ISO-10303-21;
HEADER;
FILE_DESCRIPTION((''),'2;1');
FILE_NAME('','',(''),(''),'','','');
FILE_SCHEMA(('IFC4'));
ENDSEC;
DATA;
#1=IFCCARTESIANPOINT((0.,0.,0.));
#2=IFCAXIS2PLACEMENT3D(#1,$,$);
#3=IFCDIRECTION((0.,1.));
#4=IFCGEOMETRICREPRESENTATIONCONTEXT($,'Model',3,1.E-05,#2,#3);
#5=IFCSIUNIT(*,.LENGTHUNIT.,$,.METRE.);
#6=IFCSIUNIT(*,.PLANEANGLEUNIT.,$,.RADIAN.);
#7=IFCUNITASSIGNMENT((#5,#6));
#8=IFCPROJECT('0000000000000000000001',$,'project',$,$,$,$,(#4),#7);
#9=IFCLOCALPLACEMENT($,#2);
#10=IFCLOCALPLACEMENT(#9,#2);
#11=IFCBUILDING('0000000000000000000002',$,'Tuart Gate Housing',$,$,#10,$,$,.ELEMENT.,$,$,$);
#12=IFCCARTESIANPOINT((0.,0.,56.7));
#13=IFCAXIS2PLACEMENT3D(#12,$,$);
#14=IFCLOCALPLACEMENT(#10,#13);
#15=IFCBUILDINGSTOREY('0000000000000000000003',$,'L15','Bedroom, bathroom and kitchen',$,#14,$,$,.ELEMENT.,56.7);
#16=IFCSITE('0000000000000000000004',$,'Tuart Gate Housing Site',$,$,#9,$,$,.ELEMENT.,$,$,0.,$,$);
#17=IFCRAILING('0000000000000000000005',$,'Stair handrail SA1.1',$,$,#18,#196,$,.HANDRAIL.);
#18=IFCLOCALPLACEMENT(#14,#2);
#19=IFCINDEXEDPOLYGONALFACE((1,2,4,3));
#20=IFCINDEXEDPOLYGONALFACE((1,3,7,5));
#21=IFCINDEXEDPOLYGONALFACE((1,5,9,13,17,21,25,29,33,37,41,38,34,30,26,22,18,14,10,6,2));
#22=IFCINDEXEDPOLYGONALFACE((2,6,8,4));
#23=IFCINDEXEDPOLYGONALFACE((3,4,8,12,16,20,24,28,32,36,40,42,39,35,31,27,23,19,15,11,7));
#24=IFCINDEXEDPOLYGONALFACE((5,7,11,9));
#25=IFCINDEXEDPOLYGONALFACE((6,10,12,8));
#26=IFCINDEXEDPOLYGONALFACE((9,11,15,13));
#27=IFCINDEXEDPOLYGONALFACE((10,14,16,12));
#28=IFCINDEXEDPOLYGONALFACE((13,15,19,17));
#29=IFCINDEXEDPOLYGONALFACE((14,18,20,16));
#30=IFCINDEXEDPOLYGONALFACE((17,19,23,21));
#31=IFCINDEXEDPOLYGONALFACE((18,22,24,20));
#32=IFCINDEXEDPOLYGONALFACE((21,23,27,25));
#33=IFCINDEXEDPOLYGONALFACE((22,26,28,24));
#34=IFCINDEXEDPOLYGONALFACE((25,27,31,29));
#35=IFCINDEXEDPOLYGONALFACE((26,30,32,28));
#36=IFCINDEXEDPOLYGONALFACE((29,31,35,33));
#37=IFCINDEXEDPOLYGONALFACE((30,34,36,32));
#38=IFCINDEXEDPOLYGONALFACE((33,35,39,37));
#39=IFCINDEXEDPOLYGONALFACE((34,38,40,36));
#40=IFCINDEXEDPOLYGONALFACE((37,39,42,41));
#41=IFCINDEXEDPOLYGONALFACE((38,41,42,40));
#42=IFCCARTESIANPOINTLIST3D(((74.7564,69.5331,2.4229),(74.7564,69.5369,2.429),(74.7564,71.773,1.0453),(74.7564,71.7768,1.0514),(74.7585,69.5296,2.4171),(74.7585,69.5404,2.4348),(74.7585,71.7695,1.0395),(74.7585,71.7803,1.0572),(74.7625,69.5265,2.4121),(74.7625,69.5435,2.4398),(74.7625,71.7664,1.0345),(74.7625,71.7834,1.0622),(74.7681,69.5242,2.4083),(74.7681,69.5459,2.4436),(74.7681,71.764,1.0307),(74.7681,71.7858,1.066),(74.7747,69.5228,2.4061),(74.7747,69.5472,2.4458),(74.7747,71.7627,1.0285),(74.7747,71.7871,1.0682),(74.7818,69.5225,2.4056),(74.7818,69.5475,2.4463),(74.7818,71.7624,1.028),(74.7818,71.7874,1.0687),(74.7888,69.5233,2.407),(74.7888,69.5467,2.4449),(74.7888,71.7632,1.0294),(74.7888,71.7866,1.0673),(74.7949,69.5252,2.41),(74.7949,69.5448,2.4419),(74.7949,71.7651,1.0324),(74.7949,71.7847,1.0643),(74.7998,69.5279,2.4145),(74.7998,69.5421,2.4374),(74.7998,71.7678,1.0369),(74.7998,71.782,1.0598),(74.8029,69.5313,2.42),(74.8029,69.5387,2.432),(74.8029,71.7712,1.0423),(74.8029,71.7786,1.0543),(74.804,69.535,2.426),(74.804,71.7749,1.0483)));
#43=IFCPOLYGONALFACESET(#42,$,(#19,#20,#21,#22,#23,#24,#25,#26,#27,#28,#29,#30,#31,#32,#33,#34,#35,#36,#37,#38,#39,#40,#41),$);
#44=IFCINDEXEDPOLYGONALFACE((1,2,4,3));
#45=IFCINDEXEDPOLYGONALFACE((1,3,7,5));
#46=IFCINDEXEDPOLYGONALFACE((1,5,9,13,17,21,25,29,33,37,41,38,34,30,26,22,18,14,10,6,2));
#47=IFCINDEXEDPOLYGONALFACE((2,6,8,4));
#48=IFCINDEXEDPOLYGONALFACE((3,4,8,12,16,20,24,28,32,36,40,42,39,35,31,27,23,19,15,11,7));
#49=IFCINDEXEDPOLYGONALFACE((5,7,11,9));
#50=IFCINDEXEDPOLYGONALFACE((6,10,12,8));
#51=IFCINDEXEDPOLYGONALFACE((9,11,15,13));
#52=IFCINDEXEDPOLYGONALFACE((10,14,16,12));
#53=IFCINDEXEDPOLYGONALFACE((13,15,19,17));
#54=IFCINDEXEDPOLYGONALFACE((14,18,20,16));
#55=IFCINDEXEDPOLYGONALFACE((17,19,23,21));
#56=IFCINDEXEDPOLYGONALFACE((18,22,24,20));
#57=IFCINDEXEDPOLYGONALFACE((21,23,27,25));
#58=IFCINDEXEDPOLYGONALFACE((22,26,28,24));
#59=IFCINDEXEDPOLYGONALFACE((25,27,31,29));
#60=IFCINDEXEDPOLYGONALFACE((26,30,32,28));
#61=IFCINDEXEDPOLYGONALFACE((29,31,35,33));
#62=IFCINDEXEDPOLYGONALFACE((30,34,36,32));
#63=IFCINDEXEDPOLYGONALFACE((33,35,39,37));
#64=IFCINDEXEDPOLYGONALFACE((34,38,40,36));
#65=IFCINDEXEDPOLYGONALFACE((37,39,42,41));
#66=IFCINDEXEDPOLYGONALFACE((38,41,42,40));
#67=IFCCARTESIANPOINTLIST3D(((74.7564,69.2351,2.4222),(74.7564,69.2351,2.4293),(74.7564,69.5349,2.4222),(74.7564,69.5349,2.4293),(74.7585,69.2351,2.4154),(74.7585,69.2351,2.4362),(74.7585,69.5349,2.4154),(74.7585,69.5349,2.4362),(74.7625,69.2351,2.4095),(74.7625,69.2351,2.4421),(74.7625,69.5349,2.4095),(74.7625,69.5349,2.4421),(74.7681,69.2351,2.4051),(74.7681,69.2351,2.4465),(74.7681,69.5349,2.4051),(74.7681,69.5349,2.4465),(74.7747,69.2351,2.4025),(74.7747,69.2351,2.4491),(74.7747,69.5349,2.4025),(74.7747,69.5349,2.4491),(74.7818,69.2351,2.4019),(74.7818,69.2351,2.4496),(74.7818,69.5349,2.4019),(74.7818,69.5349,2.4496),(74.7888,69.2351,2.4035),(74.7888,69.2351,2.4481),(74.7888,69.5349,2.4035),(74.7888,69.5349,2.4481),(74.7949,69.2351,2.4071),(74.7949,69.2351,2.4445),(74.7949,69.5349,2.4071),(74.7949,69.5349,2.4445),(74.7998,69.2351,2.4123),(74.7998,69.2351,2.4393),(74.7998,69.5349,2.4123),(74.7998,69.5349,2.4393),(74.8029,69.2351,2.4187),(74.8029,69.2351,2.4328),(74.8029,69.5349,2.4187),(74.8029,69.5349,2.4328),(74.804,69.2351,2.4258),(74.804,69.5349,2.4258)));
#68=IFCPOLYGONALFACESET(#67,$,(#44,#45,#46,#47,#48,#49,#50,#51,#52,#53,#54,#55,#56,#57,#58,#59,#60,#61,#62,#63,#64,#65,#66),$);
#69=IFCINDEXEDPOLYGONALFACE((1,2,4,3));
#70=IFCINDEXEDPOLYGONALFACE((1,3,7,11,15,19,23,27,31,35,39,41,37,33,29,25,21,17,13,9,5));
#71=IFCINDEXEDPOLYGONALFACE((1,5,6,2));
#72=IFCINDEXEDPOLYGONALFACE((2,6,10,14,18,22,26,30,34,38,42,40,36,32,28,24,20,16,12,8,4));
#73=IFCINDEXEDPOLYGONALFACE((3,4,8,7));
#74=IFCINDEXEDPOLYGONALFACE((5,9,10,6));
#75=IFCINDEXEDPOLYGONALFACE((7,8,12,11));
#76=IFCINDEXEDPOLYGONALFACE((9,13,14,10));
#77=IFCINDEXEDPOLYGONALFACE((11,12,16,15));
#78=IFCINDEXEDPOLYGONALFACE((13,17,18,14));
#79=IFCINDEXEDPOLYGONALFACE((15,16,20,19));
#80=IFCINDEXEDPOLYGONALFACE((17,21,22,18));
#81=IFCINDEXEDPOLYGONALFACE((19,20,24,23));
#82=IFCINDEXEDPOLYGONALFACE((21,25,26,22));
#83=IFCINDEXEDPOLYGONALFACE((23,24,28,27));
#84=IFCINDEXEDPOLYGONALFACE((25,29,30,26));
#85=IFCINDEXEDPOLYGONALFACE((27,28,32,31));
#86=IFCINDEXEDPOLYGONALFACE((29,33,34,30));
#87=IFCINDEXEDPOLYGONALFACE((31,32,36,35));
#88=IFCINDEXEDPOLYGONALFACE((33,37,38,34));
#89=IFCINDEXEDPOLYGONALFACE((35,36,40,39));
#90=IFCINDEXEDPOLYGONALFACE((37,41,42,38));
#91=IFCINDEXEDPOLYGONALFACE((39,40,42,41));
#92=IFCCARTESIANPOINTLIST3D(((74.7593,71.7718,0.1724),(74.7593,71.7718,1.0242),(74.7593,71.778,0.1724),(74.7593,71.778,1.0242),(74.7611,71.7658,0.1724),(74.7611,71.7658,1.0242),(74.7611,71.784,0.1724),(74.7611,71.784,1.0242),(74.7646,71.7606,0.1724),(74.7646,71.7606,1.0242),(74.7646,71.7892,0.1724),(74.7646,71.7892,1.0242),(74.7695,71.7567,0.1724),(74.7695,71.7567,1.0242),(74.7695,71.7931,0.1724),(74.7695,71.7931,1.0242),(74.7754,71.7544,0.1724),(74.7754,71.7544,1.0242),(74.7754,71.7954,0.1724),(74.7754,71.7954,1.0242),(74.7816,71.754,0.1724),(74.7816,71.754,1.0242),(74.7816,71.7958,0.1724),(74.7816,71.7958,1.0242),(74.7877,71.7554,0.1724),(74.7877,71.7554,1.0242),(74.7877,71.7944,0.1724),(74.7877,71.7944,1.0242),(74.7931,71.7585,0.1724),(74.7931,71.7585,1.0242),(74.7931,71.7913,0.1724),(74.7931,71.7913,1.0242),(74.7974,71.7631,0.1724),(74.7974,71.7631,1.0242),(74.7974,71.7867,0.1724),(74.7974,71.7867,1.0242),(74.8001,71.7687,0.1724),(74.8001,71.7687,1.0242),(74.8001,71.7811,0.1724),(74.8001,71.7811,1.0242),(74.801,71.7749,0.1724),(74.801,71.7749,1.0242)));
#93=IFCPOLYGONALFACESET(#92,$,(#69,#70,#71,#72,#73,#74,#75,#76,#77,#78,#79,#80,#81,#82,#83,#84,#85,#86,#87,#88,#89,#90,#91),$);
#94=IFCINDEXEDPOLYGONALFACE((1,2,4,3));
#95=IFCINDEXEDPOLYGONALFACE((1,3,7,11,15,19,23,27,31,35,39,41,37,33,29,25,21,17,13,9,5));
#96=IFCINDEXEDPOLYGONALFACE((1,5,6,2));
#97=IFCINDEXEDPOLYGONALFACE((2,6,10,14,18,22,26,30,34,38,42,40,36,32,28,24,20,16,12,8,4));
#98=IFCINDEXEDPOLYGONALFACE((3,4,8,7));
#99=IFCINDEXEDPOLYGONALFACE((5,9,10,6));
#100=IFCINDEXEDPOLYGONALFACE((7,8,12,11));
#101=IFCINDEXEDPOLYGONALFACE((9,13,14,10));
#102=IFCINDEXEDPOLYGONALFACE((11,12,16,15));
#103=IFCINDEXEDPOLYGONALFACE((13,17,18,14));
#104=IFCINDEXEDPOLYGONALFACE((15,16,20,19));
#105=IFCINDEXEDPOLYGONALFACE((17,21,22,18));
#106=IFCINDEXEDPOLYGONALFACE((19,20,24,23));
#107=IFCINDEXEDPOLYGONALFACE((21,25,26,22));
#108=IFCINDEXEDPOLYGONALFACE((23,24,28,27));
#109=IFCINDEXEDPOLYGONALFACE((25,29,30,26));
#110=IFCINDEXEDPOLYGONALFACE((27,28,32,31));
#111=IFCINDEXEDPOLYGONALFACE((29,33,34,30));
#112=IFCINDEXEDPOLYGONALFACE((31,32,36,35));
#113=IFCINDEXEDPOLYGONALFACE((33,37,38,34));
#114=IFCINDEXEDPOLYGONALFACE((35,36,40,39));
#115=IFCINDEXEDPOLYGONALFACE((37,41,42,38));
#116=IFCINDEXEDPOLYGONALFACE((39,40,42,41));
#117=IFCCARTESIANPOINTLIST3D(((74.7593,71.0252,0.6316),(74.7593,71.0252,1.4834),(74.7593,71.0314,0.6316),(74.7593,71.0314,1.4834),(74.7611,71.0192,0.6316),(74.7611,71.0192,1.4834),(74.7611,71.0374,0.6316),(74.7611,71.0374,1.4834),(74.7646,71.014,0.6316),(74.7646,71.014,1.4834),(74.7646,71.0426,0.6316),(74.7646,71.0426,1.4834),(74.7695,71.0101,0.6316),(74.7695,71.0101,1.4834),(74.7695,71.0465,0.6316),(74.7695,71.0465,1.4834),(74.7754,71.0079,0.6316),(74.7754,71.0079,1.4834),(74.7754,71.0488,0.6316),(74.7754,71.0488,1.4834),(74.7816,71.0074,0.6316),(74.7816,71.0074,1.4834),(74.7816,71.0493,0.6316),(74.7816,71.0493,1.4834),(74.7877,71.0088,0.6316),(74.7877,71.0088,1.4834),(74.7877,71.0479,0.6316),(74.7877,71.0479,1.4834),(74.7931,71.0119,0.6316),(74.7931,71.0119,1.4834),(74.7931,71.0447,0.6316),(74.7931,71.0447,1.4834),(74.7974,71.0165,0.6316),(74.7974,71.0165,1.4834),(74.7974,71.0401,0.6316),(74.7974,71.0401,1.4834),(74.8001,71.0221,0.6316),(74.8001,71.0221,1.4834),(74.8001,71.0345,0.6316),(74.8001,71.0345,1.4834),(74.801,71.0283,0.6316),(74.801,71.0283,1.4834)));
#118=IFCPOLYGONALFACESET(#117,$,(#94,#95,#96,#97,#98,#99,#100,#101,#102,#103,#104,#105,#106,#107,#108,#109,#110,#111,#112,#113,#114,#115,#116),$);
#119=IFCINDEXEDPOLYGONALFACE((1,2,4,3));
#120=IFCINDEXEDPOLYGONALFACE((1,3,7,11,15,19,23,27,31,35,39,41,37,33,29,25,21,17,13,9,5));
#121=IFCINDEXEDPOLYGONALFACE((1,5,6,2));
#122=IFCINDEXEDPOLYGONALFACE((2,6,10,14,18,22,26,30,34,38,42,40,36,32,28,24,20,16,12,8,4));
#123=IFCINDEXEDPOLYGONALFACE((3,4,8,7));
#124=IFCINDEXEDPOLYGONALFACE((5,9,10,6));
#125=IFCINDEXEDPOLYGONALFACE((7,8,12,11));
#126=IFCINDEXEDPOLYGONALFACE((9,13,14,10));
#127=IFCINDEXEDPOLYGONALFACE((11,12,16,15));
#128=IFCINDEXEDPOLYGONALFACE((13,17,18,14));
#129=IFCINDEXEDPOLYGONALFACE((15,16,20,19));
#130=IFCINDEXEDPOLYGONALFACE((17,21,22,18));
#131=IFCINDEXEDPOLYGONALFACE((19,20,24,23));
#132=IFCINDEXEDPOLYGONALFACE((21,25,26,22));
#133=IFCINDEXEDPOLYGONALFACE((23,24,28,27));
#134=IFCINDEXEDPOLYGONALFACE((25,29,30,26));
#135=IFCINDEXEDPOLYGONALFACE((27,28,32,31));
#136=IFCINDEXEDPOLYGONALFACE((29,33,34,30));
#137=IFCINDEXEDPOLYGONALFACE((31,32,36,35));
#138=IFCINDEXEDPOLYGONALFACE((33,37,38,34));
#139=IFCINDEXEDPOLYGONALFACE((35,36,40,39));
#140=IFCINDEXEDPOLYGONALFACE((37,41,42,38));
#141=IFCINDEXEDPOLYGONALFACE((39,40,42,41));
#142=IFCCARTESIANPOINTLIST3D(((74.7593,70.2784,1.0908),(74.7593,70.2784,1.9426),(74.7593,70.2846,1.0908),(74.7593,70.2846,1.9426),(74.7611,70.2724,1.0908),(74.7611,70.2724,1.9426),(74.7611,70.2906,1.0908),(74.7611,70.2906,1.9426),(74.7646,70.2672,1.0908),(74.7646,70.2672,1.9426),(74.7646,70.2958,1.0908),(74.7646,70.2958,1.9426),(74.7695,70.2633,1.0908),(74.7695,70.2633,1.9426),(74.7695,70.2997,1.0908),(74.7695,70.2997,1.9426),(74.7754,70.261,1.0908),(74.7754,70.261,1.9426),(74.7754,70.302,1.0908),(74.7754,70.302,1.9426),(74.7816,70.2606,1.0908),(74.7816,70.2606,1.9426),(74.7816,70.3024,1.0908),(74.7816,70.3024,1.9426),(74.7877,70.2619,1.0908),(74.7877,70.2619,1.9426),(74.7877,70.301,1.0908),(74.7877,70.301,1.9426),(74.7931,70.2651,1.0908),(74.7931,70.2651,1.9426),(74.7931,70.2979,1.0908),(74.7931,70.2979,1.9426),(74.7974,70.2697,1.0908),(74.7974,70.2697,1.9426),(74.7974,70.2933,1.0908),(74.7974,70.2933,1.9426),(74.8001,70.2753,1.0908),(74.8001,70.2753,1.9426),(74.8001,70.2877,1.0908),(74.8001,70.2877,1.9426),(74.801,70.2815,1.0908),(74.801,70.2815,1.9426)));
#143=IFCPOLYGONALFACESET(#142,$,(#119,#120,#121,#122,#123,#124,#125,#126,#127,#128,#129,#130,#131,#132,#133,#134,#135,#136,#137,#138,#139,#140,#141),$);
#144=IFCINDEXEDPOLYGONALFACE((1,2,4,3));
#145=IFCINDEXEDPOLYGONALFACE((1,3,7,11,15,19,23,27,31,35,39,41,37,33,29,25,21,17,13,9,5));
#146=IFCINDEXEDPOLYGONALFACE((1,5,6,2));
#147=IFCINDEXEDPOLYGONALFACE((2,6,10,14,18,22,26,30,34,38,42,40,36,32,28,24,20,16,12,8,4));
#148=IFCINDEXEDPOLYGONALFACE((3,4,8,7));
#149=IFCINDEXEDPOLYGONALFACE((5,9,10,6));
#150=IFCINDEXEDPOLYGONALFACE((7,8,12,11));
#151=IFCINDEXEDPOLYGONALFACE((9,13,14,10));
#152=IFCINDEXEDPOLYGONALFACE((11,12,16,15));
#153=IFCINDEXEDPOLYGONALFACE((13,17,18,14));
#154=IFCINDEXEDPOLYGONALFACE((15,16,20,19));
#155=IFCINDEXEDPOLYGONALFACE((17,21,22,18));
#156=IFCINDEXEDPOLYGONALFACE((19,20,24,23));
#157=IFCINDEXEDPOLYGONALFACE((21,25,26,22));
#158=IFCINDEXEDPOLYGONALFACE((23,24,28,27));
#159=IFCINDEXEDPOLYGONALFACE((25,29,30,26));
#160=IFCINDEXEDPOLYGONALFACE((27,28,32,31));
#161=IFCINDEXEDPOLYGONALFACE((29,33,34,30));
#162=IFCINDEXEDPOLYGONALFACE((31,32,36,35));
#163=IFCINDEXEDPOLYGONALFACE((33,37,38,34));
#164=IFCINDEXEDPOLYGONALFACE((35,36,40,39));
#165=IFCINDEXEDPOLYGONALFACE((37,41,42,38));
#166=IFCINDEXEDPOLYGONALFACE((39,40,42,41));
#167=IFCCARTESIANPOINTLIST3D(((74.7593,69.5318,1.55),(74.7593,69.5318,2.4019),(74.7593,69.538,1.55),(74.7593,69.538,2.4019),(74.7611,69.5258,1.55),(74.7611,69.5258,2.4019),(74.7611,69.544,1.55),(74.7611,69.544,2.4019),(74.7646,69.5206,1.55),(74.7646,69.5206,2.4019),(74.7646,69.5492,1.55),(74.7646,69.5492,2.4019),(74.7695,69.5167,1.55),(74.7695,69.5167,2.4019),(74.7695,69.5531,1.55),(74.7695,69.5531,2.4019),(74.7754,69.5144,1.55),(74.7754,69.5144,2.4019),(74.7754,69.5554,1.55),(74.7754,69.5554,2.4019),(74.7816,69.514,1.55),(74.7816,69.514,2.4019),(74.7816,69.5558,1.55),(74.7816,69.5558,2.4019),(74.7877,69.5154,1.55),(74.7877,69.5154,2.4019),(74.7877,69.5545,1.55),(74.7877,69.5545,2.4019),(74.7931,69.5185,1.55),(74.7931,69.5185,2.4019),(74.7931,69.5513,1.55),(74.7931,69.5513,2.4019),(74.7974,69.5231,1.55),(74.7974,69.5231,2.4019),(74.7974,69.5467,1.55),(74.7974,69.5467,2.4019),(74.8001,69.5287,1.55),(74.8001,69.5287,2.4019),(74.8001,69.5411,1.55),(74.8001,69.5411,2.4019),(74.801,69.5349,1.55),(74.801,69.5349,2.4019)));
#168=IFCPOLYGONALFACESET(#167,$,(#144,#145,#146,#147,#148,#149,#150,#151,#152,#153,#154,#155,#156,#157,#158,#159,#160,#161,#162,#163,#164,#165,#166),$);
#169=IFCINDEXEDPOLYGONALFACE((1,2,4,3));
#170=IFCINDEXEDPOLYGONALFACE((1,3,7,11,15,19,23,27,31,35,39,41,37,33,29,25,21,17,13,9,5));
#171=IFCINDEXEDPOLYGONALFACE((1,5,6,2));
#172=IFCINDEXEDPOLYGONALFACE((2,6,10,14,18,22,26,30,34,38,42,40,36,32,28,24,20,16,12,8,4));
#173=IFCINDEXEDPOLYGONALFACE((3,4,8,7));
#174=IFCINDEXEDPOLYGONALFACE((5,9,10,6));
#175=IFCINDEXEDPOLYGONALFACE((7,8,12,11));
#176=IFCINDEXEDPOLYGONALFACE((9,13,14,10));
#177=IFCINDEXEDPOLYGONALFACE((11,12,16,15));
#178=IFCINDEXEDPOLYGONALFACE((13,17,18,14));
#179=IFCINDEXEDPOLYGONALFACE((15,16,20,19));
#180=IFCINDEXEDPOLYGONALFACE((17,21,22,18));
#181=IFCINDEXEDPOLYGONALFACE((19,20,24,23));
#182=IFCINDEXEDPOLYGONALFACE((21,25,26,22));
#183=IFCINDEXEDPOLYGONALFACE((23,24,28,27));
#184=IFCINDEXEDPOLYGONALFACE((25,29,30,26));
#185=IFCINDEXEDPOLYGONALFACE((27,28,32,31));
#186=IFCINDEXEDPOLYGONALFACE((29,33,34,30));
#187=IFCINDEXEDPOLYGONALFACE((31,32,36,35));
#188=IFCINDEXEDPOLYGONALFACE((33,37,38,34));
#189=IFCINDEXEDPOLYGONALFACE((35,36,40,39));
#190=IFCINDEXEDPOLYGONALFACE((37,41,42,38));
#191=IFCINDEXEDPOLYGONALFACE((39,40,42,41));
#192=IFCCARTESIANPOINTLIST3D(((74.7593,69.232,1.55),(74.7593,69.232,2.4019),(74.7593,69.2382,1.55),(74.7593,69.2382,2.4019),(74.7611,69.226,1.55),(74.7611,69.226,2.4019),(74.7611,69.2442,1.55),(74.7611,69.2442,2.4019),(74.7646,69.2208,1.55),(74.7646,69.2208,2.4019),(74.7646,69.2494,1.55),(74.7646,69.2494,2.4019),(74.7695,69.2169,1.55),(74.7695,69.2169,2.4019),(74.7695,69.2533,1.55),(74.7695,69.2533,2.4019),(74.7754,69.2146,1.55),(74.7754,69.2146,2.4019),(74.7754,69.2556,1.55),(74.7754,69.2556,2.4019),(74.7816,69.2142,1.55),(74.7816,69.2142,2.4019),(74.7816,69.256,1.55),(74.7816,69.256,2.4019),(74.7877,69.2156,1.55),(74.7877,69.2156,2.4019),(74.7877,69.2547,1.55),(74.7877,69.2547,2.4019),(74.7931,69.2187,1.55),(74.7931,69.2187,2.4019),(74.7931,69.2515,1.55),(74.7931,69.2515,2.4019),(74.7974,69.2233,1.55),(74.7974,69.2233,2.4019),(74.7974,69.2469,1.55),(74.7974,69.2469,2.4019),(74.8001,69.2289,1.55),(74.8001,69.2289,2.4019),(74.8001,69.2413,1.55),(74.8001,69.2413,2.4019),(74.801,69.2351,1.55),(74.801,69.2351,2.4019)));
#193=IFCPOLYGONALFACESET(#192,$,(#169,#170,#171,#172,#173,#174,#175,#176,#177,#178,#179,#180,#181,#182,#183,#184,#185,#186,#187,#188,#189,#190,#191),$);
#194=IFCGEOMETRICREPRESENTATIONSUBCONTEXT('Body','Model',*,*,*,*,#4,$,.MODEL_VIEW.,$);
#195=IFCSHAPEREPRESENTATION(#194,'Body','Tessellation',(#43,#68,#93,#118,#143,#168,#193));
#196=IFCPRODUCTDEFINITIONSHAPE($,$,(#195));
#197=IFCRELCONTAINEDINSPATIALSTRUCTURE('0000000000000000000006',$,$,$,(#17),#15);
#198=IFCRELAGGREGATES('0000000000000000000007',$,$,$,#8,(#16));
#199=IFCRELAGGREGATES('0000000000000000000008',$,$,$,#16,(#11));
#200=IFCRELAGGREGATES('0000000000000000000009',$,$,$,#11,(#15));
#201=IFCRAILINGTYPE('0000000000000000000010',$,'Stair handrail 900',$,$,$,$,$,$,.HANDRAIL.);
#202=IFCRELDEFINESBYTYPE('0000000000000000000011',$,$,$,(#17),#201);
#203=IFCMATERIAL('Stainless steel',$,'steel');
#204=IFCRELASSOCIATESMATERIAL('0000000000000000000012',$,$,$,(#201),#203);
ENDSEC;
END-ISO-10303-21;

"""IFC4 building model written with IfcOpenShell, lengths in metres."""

from ifc_helpers import new_model, si_unit, direction, frame, origin, origin_2d, place, context, subcontext, project, spatial, circle, extrude, material, type_object, element, save


model = new_model("IFC4")

# Units and contexts
model_context = context("Model", 3, precision=1e-05, world=origin(), true_north=direction((0.0, 1.0)))
body_context = subcontext(model_context, "Body", "Model", "MODEL_VIEW")
ifc_project = project(units=[si_unit("LENGTHUNIT", "METRE"), si_unit("PLANEANGLEUNIT", "RADIAN")], contexts=[model_context])

# Site, building, storey
site_placement = place(None, origin())
site = spatial("IfcSite", under=ifc_project, at=site_placement, Name="Tuart Gate Housing Site", CompositionType="ELEMENT", RefElevation=0.0)
building_placement = place(site_placement, origin())
building = spatial("IfcBuilding", under=site, at=building_placement, Name="Tuart Gate Housing", CompositionType="ELEMENT")
storey_placement = place(building_placement, frame((0.0, 0.0, 56.7)))
storey = spatial("IfcBuildingStorey", under=building, at=storey_placement, Name="L15", Description="Bedroom, bathroom and kitchen", CompositionType="ELEMENT", Elevation=56.7)

# Railing
ifc_material_1 = material(Name="Stainless steel", Category="steel")
railing_type = type_object("IfcRailingType", Name="Stair handrail 900", PredefinedType="HANDRAIL", material=ifc_material_1)
railing_placement = place(storey_placement, frame((74.78, 71.7749, 0.1724)))
element("IfcRailing", 1, at=railing_placement, inside=storey, type_object=railing_type, Name="Stair handrail SA1.1", PredefinedType="HANDRAIL", context=body_context, shape_type="SweptSolid", body=[
    extrude(circle(Radius=0.0239, at=origin_2d()), frame((0.0, 0.0, 0.876), z_axis=(0.0, -0.851789, 0.523885), x_axis=(1.0, 0.0, 0.0)), (0.0, 0.0, 1.0), 2.6296),
    extrude(circle(Radius=0.0239, at=origin_2d()), frame((0.0, -2.24, 2.2534), z_axis=(0.0, -1.0, 0.0), x_axis=(1.0, 0.0, 0.0)), (0.0, 0.0, 1.0), 0.2998),
    extrude(circle(Radius=0.021, at=origin_2d()), origin(), (0.0, 0.0, 1.0), 0.8518),
    extrude(circle(Radius=0.021, at=origin_2d()), frame((0.0, -0.7466, 0.4592)), (0.0, 0.0, 1.0), 0.8518),
    extrude(circle(Radius=0.021, at=origin_2d()), frame((0.0, -1.4934, 0.9185)), (0.0, 0.0, 1.0), 0.8518),
    extrude(circle(Radius=0.021, at=origin_2d()), frame((0.0, -2.24, 1.3777)), (0.0, 0.0, 1.0), 0.8518),
    extrude(circle(Radius=0.021, at=origin_2d()), frame((0.0, -2.5398, 1.3777)), (0.0, 0.0, 1.0), 0.8518),
])

save(model, "model.ifc")
